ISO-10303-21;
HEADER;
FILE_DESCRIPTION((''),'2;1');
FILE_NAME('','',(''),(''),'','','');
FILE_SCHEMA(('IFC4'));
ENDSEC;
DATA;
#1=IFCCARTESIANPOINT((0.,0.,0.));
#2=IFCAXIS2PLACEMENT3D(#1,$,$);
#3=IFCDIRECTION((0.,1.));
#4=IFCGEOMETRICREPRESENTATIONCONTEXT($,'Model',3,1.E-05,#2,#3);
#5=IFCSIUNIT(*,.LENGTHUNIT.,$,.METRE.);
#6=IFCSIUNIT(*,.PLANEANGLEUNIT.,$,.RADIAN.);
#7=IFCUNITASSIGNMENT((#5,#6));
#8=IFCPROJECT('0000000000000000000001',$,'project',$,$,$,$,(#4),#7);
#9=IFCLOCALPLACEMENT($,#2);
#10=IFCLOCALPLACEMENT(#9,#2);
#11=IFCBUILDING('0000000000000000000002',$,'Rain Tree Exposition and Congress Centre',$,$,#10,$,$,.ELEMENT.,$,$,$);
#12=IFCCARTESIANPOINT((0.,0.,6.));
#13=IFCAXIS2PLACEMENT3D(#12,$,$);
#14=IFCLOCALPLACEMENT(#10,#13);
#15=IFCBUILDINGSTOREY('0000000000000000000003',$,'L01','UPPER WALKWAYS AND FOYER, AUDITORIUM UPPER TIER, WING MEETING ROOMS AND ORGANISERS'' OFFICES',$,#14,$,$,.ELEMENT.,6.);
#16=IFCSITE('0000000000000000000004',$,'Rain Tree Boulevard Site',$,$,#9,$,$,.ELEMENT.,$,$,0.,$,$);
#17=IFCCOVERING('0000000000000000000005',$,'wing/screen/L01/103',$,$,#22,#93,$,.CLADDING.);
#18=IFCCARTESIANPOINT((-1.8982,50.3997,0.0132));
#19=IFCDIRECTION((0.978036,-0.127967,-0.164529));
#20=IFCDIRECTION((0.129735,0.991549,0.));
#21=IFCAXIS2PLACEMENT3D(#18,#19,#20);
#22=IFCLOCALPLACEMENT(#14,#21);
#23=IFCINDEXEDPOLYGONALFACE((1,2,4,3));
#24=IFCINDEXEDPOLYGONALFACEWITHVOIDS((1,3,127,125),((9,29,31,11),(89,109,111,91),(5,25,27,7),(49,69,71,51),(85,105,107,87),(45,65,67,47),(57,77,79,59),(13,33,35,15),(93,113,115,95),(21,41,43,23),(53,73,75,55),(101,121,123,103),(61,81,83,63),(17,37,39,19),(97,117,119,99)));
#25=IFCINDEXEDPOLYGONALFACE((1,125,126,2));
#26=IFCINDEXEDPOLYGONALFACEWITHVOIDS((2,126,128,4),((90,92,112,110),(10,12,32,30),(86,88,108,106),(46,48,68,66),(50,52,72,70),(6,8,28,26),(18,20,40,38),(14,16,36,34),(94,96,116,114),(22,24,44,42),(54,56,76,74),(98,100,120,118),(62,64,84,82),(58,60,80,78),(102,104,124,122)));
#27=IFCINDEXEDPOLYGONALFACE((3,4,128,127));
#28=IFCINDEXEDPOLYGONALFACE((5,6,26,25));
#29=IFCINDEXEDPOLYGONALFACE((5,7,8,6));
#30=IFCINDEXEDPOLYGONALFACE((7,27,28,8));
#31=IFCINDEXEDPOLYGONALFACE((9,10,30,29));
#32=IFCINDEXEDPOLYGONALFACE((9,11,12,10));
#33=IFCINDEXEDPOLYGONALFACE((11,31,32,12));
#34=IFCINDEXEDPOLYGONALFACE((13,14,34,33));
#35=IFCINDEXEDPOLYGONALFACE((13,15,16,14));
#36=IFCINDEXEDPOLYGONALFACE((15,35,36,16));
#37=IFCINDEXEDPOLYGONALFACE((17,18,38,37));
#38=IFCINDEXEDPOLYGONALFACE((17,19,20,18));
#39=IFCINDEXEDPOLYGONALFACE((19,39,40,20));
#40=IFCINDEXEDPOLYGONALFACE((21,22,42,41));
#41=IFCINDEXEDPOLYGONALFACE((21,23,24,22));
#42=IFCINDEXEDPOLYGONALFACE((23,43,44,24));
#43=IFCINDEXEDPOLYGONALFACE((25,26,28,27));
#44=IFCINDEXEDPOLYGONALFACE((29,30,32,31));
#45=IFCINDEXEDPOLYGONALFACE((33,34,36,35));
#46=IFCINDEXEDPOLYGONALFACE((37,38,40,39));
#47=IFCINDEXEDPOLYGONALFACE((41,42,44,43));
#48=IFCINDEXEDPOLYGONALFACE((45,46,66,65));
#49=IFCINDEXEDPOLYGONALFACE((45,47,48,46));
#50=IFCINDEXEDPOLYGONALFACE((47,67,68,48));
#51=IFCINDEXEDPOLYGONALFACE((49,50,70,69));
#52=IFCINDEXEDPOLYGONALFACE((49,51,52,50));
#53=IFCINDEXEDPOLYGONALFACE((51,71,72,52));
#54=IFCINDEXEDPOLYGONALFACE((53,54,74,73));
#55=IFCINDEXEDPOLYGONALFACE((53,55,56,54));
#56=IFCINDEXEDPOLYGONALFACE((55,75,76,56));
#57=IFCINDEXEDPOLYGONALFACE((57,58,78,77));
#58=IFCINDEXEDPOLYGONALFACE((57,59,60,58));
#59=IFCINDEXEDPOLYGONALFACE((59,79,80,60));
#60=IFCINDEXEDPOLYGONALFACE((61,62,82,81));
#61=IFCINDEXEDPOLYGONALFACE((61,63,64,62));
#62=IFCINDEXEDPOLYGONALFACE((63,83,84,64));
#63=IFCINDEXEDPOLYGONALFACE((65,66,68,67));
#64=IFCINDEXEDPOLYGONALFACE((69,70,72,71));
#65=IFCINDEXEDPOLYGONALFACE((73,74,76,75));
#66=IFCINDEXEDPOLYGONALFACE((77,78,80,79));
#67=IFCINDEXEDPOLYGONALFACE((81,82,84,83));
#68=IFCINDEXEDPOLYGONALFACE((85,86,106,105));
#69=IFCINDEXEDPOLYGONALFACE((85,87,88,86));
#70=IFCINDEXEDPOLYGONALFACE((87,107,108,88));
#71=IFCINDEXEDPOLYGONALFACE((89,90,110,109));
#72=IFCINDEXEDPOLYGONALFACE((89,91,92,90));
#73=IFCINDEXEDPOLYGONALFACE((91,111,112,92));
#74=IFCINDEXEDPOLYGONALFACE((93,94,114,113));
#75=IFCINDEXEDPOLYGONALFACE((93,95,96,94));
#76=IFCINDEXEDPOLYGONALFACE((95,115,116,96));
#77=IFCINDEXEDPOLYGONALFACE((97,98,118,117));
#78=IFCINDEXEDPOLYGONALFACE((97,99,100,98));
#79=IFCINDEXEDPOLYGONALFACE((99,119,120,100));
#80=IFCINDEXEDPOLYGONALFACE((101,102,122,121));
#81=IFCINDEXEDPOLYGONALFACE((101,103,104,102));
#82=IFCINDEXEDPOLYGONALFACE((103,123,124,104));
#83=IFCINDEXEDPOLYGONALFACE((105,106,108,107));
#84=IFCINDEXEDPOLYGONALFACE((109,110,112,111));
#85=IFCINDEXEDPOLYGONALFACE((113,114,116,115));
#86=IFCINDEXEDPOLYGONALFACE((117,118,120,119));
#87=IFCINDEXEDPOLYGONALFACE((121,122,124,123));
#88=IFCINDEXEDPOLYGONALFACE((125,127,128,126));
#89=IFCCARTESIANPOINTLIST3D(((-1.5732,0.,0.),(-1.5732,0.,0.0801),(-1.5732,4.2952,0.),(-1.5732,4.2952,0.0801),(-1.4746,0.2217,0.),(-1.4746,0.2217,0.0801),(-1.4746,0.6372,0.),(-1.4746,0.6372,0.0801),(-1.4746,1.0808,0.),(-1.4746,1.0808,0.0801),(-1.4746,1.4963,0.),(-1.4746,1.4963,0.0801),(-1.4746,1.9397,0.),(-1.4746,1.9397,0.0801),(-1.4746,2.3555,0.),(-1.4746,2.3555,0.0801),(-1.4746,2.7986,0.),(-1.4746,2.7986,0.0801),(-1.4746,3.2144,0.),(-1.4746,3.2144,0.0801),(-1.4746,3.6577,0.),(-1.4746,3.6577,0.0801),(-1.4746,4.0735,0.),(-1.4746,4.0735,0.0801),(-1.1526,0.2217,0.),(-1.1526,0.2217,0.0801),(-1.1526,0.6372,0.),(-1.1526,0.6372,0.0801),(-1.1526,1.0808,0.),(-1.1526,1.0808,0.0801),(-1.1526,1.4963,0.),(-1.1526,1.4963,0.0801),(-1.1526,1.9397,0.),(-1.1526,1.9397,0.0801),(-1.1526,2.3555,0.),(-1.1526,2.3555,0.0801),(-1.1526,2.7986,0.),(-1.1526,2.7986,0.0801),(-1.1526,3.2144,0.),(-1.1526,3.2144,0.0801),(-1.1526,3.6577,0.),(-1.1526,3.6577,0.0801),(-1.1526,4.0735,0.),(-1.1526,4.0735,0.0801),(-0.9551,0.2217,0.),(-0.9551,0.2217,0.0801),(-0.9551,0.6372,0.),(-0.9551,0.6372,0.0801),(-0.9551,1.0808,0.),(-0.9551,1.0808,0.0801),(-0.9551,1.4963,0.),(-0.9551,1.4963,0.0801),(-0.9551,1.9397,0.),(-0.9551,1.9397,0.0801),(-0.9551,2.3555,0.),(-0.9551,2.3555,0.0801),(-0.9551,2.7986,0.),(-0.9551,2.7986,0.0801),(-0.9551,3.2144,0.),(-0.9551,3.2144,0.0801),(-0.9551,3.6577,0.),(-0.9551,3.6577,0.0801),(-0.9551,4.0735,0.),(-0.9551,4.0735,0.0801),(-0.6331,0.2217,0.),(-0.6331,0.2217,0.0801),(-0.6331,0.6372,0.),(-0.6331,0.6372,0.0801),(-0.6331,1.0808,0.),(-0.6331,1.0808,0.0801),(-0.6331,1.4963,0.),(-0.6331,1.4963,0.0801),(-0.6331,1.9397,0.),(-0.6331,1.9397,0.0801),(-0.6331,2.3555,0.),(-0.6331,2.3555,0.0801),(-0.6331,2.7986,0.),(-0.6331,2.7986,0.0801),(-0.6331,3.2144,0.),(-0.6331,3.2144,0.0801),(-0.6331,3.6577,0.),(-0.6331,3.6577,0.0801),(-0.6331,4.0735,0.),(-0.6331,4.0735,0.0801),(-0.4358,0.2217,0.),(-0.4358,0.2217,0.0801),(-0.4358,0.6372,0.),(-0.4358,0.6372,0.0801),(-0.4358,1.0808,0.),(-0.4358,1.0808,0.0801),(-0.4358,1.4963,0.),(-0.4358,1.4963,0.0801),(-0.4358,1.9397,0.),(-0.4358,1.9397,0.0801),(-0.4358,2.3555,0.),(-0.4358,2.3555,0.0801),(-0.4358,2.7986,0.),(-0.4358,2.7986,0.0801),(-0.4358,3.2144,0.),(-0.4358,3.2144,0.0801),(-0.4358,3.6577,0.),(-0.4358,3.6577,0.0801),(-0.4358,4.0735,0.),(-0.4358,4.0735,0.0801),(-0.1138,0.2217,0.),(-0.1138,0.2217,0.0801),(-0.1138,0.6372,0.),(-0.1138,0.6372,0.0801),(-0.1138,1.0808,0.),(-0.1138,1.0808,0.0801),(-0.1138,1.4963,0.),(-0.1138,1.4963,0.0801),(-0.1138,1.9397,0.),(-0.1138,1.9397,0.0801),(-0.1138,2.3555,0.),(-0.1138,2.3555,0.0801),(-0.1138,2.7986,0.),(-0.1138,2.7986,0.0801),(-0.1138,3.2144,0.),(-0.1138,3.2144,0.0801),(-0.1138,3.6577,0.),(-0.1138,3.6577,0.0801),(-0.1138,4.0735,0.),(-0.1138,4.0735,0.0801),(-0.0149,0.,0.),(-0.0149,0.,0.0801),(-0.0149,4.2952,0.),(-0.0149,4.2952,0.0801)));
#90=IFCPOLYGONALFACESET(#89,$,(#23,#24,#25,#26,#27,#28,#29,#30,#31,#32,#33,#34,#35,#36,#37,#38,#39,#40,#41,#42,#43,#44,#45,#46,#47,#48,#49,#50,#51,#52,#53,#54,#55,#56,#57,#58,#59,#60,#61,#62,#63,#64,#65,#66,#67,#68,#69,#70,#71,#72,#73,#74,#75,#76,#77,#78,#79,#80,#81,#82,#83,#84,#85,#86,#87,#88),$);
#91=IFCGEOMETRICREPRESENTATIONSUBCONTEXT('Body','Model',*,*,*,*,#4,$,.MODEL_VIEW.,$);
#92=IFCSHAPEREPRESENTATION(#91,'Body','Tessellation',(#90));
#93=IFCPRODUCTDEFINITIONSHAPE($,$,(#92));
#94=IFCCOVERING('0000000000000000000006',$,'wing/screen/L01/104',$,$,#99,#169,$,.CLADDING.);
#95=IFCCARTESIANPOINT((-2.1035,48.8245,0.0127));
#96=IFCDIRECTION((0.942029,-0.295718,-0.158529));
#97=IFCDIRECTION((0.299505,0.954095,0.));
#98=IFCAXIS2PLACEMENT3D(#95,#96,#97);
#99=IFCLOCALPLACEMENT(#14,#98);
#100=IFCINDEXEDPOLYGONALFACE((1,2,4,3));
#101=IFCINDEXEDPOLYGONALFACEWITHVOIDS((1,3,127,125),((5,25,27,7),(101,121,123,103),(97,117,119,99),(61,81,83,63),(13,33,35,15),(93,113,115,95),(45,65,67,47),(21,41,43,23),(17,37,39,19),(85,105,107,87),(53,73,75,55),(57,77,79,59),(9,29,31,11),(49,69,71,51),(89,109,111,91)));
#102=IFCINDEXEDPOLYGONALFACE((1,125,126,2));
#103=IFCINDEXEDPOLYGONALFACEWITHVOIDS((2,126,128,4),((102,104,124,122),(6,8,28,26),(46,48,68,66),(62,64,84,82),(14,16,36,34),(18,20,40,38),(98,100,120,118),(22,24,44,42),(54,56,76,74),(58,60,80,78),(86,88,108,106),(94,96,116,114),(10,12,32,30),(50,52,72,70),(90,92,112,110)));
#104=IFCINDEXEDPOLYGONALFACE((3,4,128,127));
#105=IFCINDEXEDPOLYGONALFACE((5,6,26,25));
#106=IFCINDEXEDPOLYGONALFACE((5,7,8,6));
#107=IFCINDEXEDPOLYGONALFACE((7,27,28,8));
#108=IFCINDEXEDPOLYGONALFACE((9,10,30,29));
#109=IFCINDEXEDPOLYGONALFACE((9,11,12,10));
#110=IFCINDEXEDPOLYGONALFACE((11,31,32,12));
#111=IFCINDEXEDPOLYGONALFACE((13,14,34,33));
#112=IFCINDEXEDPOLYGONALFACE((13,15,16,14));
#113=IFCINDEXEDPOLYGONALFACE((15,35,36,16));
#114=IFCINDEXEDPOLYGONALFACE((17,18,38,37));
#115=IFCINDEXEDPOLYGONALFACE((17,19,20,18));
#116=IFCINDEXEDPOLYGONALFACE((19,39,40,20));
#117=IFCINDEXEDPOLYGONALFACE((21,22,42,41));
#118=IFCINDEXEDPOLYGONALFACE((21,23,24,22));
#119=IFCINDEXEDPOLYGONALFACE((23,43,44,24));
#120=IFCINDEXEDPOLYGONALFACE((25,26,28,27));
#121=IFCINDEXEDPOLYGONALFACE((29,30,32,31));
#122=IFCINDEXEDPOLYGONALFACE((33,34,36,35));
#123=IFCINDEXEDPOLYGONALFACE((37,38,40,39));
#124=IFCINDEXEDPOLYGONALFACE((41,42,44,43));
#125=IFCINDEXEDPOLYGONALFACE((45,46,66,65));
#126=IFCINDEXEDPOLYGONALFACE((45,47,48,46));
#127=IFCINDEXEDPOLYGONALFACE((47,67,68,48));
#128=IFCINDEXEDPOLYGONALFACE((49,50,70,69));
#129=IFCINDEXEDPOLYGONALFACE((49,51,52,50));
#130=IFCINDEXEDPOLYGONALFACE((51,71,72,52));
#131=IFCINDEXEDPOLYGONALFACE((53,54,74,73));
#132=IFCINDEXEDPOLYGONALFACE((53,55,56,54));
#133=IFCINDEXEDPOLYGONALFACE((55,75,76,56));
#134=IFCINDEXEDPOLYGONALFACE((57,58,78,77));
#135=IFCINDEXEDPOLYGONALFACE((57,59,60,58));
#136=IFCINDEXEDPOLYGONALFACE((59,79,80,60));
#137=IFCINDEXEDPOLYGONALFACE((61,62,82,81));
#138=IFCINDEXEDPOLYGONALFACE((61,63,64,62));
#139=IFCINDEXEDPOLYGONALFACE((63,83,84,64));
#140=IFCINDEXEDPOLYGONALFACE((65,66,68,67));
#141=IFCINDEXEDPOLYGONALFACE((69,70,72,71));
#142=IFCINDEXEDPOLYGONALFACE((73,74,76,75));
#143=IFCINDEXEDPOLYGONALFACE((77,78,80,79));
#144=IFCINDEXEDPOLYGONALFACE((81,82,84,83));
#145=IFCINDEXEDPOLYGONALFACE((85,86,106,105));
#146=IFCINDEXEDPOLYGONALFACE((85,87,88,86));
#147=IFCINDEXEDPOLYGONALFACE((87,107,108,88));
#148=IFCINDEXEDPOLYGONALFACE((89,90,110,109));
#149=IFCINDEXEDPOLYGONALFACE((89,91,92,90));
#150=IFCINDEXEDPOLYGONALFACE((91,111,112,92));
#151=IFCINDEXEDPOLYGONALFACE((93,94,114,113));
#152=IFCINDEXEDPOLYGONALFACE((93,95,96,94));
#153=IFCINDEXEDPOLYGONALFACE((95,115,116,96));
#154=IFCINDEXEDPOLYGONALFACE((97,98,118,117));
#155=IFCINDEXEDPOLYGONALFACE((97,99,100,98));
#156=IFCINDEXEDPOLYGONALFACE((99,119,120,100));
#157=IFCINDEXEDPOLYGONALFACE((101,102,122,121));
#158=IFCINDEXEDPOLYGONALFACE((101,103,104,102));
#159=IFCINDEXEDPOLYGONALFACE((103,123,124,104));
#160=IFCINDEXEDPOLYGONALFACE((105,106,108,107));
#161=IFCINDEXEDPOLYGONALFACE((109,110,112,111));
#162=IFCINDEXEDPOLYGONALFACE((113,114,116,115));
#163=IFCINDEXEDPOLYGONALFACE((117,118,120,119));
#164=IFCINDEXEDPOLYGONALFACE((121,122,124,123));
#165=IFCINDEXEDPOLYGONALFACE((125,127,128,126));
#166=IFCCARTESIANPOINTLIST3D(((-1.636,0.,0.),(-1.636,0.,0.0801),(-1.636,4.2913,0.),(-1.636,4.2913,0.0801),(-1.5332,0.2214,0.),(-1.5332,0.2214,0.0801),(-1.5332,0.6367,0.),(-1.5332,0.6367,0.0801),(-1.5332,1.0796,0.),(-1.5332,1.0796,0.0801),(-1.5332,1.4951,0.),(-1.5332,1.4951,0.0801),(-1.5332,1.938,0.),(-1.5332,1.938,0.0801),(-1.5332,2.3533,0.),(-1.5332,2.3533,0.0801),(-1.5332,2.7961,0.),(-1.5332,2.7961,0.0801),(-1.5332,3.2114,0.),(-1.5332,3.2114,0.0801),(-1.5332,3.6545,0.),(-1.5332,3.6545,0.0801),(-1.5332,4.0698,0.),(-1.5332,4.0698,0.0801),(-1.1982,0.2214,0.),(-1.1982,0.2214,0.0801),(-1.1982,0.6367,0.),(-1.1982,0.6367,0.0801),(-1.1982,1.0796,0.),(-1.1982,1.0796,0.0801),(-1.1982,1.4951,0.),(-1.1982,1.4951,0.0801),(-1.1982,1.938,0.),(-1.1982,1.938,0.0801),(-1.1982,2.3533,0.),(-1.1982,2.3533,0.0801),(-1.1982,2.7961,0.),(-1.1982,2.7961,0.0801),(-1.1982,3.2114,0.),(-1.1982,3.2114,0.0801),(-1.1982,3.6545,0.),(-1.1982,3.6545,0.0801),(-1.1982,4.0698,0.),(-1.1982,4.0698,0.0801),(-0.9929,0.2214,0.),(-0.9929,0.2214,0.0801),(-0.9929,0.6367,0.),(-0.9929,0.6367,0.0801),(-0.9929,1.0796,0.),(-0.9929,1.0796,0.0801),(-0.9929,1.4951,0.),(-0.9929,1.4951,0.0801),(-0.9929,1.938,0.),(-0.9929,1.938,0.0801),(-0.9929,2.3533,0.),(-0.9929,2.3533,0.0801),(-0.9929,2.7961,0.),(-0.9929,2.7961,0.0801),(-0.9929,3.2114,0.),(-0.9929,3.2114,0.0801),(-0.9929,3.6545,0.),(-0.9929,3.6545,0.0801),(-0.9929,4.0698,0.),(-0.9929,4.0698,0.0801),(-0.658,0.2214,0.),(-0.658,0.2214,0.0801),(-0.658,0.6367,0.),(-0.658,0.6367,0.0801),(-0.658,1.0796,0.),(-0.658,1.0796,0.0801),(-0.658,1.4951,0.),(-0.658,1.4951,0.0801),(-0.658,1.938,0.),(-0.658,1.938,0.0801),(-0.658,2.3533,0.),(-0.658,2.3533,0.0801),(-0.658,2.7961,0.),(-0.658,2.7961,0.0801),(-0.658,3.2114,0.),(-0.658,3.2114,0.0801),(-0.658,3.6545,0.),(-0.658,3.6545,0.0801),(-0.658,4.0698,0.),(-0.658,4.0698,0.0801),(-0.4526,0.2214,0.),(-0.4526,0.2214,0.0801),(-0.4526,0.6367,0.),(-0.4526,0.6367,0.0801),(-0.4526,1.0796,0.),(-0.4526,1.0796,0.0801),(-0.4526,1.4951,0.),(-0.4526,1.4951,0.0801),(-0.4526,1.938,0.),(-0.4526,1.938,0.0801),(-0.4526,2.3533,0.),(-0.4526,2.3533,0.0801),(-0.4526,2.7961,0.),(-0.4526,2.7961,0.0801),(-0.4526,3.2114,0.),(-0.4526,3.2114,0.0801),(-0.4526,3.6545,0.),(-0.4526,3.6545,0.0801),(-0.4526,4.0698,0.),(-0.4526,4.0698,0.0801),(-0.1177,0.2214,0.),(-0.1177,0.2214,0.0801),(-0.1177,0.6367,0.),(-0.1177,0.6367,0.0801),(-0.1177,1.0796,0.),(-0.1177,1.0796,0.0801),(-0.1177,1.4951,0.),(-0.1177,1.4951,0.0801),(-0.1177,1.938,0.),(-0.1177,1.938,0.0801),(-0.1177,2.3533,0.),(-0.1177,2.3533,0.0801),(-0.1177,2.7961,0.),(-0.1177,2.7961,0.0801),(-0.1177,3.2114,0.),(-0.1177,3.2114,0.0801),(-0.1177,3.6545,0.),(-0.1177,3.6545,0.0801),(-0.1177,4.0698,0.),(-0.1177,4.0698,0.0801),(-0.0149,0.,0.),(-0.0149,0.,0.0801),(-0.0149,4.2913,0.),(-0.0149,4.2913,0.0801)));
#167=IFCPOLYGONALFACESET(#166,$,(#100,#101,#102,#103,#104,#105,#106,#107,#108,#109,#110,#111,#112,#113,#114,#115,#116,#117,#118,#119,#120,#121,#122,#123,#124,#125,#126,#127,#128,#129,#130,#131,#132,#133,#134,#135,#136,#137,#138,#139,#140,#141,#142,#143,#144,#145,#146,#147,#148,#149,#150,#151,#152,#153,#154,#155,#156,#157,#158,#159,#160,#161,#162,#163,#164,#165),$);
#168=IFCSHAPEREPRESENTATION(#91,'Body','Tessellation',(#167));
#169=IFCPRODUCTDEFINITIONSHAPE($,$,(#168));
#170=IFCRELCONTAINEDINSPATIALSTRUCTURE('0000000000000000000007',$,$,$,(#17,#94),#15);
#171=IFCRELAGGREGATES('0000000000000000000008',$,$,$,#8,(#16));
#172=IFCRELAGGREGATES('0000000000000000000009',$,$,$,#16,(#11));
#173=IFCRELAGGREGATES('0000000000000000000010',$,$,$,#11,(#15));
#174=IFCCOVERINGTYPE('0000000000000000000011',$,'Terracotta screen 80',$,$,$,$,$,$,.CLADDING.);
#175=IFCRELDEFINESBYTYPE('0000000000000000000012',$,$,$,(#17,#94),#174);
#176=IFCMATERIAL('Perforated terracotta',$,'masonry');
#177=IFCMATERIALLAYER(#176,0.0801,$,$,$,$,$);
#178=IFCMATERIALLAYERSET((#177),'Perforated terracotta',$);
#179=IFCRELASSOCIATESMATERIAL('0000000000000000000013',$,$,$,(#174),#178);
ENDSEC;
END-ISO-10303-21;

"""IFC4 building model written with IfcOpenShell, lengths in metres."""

from ifc_helpers import new_model, si_unit, direction, frame, origin, place, context, subcontext, project, spatial, polyline, outline, extrude, material, layer, layer_set, type_object, element, save


model = new_model("IFC4")

# Units and contexts
model_context = context("Model", 3, precision=1e-05, world=origin(), true_north=direction((0.0, 1.0)))
body_context = subcontext(model_context, "Body", "Model", "MODEL_VIEW")
ifc_project = project(units=[si_unit("LENGTHUNIT", "METRE"), si_unit("PLANEANGLEUNIT", "RADIAN")], contexts=[model_context])

# Site, building, storey
site_placement = place(None, origin())
site = spatial("IfcSite", under=ifc_project, at=site_placement, Name="Rain Tree Boulevard Site", CompositionType="ELEMENT", RefElevation=0.0)
building_placement = place(site_placement, origin())
building = spatial("IfcBuilding", under=site, at=building_placement, Name="Rain Tree Exposition and Congress Centre", CompositionType="ELEMENT")
storey_placement = place(building_placement, frame((0.0, 0.0, 6.0)))
storey = spatial("IfcBuildingStorey", under=building, at=storey_placement, Name="L01", Description="UPPER WALKWAYS AND FOYER, AUDITORIUM UPPER TIER, WING MEETING ROOMS AND ORGANISERS' OFFICES", CompositionType="ELEMENT", Elevation=6.0)

# Coverings
ifc_material_1 = material(Name="Perforated terracotta", Category="masonry")
ifc_layer_1 = layer(ifc_material_1, 0.0801)
ifc_layer_set_1 = layer_set([ifc_layer_1], Name="Perforated terracotta")
covering_type = type_object("IfcCoveringType", Name="Terracotta screen 80", PredefinedType="CLADDING", material=ifc_layer_set_1)
covering_1_placement = place(storey_placement, frame((-1.8982, 50.3997, 0.0132), z_axis=(0.978036, -0.127967, -0.164529), x_axis=(0.129735, 0.991549, 0.0)))
element("IfcCovering", 1, at=covering_1_placement, inside=storey, type_object=covering_type, Name="wing/screen/L01/103", PredefinedType="CLADDING", context=body_context, shape_type="SweptSolid", body=[
    extrude(outline(polyline([(-1.5732, 0.0), (-1.5732, 4.2952), (-0.0149, 4.2952), (-0.0149, 0.0), (-1.5732, 0.0)]), holes=[polyline([(-0.1138, 0.2217), (-0.1138, 0.6372), (-0.4358, 0.6372), (-0.4358, 0.2217), (-0.1138, 0.2217)]), polyline([(-0.1138, 1.0808), (-0.1138, 1.4963), (-0.4358, 1.4963), (-0.4358, 1.0808), (-0.1138, 1.0808)]), polyline([(-0.1138, 1.9397), (-0.1138, 2.3555), (-0.4358, 2.3555), (-0.4358, 1.9397), (-0.1138, 1.9397)]), polyline([(-0.1138, 2.7986), (-0.1138, 3.2144), (-0.4358, 3.2144), (-0.4358, 2.7986), (-0.1138, 2.7986)]), polyline([(-0.1138, 3.6577), (-0.1138, 4.0735), (-0.4358, 4.0735), (-0.4358, 3.6577), (-0.1138, 3.6577)]), polyline([(-0.6331, 0.2217), (-0.6331, 0.6372), (-0.9551, 0.6372), (-0.9551, 0.2217), (-0.6331, 0.2217)]), polyline([(-0.6331, 1.0808), (-0.6331, 1.4963), (-0.9551, 1.4963), (-0.9551, 1.0808), (-0.6331, 1.0808)]), polyline([(-0.6331, 1.9397), (-0.6331, 2.3555), (-0.9551, 2.3555), (-0.9551, 1.9397), (-0.6331, 1.9397)]), polyline([(-0.6331, 2.7986), (-0.6331, 3.2144), (-0.9551, 3.2144), (-0.9551, 2.7986), (-0.6331, 2.7986)]), polyline([(-0.6331, 3.6577), (-0.6331, 4.0735), (-0.9551, 4.0735), (-0.9551, 3.6577), (-0.6331, 3.6577)]), polyline([(-1.1526, 0.2217), (-1.1526, 0.6372), (-1.4746, 0.6372), (-1.4746, 0.2217), (-1.1526, 0.2217)]), polyline([(-1.1526, 1.0808), (-1.1526, 1.4963), (-1.4746, 1.4963), (-1.4746, 1.0808), (-1.1526, 1.0808)]), polyline([(-1.1526, 1.9397), (-1.1526, 2.3555), (-1.4746, 2.3555), (-1.4746, 1.9397), (-1.1526, 1.9397)]), polyline([(-1.1526, 2.7986), (-1.1526, 3.2144), (-1.4746, 3.2144), (-1.4746, 2.7986), (-1.1526, 2.7986)]), polyline([(-1.1526, 3.6577), (-1.1526, 4.0735), (-1.4746, 4.0735), (-1.4746, 3.6577), (-1.1526, 3.6577)])]), origin(), (0.0, 0.0, 1.0), 0.0801),
])
covering_2_placement = place(storey_placement, frame((-2.1035, 48.8245, 0.0127), z_axis=(0.942029, -0.295718, -0.158529), x_axis=(0.299505, 0.954095, 0.0)))
element("IfcCovering", 2, at=covering_2_placement, inside=storey, type_object=covering_type, Name="wing/screen/L01/104", PredefinedType="CLADDING", context=body_context, shape_type="SweptSolid", body=[
    extrude(outline(polyline([(-1.636, 0.0), (-1.636, 4.2913), (-0.0149, 4.2913), (-0.0149, 0.0), (-1.636, 0.0)]), holes=[polyline([(-0.1177, 0.2214), (-0.1177, 0.6367), (-0.4526, 0.6367), (-0.4526, 0.2214), (-0.1177, 0.2214)]), polyline([(-0.1177, 1.0796), (-0.1177, 1.4951), (-0.4526, 1.4951), (-0.4526, 1.0796), (-0.1177, 1.0796)]), polyline([(-0.1177, 1.938), (-0.1177, 2.3533), (-0.4526, 2.3533), (-0.4526, 1.938), (-0.1177, 1.938)]), polyline([(-0.1177, 2.7961), (-0.1177, 3.2114), (-0.4526, 3.2114), (-0.4526, 2.7961), (-0.1177, 2.7961)]), polyline([(-0.1177, 3.6545), (-0.1177, 4.0698), (-0.4526, 4.0698), (-0.4526, 3.6545), (-0.1177, 3.6545)]), polyline([(-0.658, 0.2214), (-0.658, 0.6367), (-0.9929, 0.6367), (-0.9929, 0.2214), (-0.658, 0.2214)]), polyline([(-0.658, 1.0796), (-0.658, 1.4951), (-0.9929, 1.4951), (-0.9929, 1.0796), (-0.658, 1.0796)]), polyline([(-0.658, 1.938), (-0.658, 2.3533), (-0.9929, 2.3533), (-0.9929, 1.938), (-0.658, 1.938)]), polyline([(-0.658, 2.7961), (-0.658, 3.2114), (-0.9929, 3.2114), (-0.9929, 2.7961), (-0.658, 2.7961)]), polyline([(-0.658, 3.6545), (-0.658, 4.0698), (-0.9929, 4.0698), (-0.9929, 3.6545), (-0.658, 3.6545)]), polyline([(-1.1982, 0.2214), (-1.1982, 0.6367), (-1.5332, 0.6367), (-1.5332, 0.2214), (-1.1982, 0.2214)]), polyline([(-1.1982, 1.0796), (-1.1982, 1.4951), (-1.5332, 1.4951), (-1.5332, 1.0796), (-1.1982, 1.0796)]), polyline([(-1.1982, 1.938), (-1.1982, 2.3533), (-1.5332, 2.3533), (-1.5332, 1.938), (-1.1982, 1.938)]), polyline([(-1.1982, 2.7961), (-1.1982, 3.2114), (-1.5332, 3.2114), (-1.5332, 2.7961), (-1.1982, 2.7961)]), polyline([(-1.1982, 3.6545), (-1.1982, 4.0698), (-1.5332, 4.0698), (-1.5332, 3.6545), (-1.1982, 3.6545)])]), origin(), (0.0, 0.0, 1.0), 0.0801),
])

save(model, "model.ifc")
